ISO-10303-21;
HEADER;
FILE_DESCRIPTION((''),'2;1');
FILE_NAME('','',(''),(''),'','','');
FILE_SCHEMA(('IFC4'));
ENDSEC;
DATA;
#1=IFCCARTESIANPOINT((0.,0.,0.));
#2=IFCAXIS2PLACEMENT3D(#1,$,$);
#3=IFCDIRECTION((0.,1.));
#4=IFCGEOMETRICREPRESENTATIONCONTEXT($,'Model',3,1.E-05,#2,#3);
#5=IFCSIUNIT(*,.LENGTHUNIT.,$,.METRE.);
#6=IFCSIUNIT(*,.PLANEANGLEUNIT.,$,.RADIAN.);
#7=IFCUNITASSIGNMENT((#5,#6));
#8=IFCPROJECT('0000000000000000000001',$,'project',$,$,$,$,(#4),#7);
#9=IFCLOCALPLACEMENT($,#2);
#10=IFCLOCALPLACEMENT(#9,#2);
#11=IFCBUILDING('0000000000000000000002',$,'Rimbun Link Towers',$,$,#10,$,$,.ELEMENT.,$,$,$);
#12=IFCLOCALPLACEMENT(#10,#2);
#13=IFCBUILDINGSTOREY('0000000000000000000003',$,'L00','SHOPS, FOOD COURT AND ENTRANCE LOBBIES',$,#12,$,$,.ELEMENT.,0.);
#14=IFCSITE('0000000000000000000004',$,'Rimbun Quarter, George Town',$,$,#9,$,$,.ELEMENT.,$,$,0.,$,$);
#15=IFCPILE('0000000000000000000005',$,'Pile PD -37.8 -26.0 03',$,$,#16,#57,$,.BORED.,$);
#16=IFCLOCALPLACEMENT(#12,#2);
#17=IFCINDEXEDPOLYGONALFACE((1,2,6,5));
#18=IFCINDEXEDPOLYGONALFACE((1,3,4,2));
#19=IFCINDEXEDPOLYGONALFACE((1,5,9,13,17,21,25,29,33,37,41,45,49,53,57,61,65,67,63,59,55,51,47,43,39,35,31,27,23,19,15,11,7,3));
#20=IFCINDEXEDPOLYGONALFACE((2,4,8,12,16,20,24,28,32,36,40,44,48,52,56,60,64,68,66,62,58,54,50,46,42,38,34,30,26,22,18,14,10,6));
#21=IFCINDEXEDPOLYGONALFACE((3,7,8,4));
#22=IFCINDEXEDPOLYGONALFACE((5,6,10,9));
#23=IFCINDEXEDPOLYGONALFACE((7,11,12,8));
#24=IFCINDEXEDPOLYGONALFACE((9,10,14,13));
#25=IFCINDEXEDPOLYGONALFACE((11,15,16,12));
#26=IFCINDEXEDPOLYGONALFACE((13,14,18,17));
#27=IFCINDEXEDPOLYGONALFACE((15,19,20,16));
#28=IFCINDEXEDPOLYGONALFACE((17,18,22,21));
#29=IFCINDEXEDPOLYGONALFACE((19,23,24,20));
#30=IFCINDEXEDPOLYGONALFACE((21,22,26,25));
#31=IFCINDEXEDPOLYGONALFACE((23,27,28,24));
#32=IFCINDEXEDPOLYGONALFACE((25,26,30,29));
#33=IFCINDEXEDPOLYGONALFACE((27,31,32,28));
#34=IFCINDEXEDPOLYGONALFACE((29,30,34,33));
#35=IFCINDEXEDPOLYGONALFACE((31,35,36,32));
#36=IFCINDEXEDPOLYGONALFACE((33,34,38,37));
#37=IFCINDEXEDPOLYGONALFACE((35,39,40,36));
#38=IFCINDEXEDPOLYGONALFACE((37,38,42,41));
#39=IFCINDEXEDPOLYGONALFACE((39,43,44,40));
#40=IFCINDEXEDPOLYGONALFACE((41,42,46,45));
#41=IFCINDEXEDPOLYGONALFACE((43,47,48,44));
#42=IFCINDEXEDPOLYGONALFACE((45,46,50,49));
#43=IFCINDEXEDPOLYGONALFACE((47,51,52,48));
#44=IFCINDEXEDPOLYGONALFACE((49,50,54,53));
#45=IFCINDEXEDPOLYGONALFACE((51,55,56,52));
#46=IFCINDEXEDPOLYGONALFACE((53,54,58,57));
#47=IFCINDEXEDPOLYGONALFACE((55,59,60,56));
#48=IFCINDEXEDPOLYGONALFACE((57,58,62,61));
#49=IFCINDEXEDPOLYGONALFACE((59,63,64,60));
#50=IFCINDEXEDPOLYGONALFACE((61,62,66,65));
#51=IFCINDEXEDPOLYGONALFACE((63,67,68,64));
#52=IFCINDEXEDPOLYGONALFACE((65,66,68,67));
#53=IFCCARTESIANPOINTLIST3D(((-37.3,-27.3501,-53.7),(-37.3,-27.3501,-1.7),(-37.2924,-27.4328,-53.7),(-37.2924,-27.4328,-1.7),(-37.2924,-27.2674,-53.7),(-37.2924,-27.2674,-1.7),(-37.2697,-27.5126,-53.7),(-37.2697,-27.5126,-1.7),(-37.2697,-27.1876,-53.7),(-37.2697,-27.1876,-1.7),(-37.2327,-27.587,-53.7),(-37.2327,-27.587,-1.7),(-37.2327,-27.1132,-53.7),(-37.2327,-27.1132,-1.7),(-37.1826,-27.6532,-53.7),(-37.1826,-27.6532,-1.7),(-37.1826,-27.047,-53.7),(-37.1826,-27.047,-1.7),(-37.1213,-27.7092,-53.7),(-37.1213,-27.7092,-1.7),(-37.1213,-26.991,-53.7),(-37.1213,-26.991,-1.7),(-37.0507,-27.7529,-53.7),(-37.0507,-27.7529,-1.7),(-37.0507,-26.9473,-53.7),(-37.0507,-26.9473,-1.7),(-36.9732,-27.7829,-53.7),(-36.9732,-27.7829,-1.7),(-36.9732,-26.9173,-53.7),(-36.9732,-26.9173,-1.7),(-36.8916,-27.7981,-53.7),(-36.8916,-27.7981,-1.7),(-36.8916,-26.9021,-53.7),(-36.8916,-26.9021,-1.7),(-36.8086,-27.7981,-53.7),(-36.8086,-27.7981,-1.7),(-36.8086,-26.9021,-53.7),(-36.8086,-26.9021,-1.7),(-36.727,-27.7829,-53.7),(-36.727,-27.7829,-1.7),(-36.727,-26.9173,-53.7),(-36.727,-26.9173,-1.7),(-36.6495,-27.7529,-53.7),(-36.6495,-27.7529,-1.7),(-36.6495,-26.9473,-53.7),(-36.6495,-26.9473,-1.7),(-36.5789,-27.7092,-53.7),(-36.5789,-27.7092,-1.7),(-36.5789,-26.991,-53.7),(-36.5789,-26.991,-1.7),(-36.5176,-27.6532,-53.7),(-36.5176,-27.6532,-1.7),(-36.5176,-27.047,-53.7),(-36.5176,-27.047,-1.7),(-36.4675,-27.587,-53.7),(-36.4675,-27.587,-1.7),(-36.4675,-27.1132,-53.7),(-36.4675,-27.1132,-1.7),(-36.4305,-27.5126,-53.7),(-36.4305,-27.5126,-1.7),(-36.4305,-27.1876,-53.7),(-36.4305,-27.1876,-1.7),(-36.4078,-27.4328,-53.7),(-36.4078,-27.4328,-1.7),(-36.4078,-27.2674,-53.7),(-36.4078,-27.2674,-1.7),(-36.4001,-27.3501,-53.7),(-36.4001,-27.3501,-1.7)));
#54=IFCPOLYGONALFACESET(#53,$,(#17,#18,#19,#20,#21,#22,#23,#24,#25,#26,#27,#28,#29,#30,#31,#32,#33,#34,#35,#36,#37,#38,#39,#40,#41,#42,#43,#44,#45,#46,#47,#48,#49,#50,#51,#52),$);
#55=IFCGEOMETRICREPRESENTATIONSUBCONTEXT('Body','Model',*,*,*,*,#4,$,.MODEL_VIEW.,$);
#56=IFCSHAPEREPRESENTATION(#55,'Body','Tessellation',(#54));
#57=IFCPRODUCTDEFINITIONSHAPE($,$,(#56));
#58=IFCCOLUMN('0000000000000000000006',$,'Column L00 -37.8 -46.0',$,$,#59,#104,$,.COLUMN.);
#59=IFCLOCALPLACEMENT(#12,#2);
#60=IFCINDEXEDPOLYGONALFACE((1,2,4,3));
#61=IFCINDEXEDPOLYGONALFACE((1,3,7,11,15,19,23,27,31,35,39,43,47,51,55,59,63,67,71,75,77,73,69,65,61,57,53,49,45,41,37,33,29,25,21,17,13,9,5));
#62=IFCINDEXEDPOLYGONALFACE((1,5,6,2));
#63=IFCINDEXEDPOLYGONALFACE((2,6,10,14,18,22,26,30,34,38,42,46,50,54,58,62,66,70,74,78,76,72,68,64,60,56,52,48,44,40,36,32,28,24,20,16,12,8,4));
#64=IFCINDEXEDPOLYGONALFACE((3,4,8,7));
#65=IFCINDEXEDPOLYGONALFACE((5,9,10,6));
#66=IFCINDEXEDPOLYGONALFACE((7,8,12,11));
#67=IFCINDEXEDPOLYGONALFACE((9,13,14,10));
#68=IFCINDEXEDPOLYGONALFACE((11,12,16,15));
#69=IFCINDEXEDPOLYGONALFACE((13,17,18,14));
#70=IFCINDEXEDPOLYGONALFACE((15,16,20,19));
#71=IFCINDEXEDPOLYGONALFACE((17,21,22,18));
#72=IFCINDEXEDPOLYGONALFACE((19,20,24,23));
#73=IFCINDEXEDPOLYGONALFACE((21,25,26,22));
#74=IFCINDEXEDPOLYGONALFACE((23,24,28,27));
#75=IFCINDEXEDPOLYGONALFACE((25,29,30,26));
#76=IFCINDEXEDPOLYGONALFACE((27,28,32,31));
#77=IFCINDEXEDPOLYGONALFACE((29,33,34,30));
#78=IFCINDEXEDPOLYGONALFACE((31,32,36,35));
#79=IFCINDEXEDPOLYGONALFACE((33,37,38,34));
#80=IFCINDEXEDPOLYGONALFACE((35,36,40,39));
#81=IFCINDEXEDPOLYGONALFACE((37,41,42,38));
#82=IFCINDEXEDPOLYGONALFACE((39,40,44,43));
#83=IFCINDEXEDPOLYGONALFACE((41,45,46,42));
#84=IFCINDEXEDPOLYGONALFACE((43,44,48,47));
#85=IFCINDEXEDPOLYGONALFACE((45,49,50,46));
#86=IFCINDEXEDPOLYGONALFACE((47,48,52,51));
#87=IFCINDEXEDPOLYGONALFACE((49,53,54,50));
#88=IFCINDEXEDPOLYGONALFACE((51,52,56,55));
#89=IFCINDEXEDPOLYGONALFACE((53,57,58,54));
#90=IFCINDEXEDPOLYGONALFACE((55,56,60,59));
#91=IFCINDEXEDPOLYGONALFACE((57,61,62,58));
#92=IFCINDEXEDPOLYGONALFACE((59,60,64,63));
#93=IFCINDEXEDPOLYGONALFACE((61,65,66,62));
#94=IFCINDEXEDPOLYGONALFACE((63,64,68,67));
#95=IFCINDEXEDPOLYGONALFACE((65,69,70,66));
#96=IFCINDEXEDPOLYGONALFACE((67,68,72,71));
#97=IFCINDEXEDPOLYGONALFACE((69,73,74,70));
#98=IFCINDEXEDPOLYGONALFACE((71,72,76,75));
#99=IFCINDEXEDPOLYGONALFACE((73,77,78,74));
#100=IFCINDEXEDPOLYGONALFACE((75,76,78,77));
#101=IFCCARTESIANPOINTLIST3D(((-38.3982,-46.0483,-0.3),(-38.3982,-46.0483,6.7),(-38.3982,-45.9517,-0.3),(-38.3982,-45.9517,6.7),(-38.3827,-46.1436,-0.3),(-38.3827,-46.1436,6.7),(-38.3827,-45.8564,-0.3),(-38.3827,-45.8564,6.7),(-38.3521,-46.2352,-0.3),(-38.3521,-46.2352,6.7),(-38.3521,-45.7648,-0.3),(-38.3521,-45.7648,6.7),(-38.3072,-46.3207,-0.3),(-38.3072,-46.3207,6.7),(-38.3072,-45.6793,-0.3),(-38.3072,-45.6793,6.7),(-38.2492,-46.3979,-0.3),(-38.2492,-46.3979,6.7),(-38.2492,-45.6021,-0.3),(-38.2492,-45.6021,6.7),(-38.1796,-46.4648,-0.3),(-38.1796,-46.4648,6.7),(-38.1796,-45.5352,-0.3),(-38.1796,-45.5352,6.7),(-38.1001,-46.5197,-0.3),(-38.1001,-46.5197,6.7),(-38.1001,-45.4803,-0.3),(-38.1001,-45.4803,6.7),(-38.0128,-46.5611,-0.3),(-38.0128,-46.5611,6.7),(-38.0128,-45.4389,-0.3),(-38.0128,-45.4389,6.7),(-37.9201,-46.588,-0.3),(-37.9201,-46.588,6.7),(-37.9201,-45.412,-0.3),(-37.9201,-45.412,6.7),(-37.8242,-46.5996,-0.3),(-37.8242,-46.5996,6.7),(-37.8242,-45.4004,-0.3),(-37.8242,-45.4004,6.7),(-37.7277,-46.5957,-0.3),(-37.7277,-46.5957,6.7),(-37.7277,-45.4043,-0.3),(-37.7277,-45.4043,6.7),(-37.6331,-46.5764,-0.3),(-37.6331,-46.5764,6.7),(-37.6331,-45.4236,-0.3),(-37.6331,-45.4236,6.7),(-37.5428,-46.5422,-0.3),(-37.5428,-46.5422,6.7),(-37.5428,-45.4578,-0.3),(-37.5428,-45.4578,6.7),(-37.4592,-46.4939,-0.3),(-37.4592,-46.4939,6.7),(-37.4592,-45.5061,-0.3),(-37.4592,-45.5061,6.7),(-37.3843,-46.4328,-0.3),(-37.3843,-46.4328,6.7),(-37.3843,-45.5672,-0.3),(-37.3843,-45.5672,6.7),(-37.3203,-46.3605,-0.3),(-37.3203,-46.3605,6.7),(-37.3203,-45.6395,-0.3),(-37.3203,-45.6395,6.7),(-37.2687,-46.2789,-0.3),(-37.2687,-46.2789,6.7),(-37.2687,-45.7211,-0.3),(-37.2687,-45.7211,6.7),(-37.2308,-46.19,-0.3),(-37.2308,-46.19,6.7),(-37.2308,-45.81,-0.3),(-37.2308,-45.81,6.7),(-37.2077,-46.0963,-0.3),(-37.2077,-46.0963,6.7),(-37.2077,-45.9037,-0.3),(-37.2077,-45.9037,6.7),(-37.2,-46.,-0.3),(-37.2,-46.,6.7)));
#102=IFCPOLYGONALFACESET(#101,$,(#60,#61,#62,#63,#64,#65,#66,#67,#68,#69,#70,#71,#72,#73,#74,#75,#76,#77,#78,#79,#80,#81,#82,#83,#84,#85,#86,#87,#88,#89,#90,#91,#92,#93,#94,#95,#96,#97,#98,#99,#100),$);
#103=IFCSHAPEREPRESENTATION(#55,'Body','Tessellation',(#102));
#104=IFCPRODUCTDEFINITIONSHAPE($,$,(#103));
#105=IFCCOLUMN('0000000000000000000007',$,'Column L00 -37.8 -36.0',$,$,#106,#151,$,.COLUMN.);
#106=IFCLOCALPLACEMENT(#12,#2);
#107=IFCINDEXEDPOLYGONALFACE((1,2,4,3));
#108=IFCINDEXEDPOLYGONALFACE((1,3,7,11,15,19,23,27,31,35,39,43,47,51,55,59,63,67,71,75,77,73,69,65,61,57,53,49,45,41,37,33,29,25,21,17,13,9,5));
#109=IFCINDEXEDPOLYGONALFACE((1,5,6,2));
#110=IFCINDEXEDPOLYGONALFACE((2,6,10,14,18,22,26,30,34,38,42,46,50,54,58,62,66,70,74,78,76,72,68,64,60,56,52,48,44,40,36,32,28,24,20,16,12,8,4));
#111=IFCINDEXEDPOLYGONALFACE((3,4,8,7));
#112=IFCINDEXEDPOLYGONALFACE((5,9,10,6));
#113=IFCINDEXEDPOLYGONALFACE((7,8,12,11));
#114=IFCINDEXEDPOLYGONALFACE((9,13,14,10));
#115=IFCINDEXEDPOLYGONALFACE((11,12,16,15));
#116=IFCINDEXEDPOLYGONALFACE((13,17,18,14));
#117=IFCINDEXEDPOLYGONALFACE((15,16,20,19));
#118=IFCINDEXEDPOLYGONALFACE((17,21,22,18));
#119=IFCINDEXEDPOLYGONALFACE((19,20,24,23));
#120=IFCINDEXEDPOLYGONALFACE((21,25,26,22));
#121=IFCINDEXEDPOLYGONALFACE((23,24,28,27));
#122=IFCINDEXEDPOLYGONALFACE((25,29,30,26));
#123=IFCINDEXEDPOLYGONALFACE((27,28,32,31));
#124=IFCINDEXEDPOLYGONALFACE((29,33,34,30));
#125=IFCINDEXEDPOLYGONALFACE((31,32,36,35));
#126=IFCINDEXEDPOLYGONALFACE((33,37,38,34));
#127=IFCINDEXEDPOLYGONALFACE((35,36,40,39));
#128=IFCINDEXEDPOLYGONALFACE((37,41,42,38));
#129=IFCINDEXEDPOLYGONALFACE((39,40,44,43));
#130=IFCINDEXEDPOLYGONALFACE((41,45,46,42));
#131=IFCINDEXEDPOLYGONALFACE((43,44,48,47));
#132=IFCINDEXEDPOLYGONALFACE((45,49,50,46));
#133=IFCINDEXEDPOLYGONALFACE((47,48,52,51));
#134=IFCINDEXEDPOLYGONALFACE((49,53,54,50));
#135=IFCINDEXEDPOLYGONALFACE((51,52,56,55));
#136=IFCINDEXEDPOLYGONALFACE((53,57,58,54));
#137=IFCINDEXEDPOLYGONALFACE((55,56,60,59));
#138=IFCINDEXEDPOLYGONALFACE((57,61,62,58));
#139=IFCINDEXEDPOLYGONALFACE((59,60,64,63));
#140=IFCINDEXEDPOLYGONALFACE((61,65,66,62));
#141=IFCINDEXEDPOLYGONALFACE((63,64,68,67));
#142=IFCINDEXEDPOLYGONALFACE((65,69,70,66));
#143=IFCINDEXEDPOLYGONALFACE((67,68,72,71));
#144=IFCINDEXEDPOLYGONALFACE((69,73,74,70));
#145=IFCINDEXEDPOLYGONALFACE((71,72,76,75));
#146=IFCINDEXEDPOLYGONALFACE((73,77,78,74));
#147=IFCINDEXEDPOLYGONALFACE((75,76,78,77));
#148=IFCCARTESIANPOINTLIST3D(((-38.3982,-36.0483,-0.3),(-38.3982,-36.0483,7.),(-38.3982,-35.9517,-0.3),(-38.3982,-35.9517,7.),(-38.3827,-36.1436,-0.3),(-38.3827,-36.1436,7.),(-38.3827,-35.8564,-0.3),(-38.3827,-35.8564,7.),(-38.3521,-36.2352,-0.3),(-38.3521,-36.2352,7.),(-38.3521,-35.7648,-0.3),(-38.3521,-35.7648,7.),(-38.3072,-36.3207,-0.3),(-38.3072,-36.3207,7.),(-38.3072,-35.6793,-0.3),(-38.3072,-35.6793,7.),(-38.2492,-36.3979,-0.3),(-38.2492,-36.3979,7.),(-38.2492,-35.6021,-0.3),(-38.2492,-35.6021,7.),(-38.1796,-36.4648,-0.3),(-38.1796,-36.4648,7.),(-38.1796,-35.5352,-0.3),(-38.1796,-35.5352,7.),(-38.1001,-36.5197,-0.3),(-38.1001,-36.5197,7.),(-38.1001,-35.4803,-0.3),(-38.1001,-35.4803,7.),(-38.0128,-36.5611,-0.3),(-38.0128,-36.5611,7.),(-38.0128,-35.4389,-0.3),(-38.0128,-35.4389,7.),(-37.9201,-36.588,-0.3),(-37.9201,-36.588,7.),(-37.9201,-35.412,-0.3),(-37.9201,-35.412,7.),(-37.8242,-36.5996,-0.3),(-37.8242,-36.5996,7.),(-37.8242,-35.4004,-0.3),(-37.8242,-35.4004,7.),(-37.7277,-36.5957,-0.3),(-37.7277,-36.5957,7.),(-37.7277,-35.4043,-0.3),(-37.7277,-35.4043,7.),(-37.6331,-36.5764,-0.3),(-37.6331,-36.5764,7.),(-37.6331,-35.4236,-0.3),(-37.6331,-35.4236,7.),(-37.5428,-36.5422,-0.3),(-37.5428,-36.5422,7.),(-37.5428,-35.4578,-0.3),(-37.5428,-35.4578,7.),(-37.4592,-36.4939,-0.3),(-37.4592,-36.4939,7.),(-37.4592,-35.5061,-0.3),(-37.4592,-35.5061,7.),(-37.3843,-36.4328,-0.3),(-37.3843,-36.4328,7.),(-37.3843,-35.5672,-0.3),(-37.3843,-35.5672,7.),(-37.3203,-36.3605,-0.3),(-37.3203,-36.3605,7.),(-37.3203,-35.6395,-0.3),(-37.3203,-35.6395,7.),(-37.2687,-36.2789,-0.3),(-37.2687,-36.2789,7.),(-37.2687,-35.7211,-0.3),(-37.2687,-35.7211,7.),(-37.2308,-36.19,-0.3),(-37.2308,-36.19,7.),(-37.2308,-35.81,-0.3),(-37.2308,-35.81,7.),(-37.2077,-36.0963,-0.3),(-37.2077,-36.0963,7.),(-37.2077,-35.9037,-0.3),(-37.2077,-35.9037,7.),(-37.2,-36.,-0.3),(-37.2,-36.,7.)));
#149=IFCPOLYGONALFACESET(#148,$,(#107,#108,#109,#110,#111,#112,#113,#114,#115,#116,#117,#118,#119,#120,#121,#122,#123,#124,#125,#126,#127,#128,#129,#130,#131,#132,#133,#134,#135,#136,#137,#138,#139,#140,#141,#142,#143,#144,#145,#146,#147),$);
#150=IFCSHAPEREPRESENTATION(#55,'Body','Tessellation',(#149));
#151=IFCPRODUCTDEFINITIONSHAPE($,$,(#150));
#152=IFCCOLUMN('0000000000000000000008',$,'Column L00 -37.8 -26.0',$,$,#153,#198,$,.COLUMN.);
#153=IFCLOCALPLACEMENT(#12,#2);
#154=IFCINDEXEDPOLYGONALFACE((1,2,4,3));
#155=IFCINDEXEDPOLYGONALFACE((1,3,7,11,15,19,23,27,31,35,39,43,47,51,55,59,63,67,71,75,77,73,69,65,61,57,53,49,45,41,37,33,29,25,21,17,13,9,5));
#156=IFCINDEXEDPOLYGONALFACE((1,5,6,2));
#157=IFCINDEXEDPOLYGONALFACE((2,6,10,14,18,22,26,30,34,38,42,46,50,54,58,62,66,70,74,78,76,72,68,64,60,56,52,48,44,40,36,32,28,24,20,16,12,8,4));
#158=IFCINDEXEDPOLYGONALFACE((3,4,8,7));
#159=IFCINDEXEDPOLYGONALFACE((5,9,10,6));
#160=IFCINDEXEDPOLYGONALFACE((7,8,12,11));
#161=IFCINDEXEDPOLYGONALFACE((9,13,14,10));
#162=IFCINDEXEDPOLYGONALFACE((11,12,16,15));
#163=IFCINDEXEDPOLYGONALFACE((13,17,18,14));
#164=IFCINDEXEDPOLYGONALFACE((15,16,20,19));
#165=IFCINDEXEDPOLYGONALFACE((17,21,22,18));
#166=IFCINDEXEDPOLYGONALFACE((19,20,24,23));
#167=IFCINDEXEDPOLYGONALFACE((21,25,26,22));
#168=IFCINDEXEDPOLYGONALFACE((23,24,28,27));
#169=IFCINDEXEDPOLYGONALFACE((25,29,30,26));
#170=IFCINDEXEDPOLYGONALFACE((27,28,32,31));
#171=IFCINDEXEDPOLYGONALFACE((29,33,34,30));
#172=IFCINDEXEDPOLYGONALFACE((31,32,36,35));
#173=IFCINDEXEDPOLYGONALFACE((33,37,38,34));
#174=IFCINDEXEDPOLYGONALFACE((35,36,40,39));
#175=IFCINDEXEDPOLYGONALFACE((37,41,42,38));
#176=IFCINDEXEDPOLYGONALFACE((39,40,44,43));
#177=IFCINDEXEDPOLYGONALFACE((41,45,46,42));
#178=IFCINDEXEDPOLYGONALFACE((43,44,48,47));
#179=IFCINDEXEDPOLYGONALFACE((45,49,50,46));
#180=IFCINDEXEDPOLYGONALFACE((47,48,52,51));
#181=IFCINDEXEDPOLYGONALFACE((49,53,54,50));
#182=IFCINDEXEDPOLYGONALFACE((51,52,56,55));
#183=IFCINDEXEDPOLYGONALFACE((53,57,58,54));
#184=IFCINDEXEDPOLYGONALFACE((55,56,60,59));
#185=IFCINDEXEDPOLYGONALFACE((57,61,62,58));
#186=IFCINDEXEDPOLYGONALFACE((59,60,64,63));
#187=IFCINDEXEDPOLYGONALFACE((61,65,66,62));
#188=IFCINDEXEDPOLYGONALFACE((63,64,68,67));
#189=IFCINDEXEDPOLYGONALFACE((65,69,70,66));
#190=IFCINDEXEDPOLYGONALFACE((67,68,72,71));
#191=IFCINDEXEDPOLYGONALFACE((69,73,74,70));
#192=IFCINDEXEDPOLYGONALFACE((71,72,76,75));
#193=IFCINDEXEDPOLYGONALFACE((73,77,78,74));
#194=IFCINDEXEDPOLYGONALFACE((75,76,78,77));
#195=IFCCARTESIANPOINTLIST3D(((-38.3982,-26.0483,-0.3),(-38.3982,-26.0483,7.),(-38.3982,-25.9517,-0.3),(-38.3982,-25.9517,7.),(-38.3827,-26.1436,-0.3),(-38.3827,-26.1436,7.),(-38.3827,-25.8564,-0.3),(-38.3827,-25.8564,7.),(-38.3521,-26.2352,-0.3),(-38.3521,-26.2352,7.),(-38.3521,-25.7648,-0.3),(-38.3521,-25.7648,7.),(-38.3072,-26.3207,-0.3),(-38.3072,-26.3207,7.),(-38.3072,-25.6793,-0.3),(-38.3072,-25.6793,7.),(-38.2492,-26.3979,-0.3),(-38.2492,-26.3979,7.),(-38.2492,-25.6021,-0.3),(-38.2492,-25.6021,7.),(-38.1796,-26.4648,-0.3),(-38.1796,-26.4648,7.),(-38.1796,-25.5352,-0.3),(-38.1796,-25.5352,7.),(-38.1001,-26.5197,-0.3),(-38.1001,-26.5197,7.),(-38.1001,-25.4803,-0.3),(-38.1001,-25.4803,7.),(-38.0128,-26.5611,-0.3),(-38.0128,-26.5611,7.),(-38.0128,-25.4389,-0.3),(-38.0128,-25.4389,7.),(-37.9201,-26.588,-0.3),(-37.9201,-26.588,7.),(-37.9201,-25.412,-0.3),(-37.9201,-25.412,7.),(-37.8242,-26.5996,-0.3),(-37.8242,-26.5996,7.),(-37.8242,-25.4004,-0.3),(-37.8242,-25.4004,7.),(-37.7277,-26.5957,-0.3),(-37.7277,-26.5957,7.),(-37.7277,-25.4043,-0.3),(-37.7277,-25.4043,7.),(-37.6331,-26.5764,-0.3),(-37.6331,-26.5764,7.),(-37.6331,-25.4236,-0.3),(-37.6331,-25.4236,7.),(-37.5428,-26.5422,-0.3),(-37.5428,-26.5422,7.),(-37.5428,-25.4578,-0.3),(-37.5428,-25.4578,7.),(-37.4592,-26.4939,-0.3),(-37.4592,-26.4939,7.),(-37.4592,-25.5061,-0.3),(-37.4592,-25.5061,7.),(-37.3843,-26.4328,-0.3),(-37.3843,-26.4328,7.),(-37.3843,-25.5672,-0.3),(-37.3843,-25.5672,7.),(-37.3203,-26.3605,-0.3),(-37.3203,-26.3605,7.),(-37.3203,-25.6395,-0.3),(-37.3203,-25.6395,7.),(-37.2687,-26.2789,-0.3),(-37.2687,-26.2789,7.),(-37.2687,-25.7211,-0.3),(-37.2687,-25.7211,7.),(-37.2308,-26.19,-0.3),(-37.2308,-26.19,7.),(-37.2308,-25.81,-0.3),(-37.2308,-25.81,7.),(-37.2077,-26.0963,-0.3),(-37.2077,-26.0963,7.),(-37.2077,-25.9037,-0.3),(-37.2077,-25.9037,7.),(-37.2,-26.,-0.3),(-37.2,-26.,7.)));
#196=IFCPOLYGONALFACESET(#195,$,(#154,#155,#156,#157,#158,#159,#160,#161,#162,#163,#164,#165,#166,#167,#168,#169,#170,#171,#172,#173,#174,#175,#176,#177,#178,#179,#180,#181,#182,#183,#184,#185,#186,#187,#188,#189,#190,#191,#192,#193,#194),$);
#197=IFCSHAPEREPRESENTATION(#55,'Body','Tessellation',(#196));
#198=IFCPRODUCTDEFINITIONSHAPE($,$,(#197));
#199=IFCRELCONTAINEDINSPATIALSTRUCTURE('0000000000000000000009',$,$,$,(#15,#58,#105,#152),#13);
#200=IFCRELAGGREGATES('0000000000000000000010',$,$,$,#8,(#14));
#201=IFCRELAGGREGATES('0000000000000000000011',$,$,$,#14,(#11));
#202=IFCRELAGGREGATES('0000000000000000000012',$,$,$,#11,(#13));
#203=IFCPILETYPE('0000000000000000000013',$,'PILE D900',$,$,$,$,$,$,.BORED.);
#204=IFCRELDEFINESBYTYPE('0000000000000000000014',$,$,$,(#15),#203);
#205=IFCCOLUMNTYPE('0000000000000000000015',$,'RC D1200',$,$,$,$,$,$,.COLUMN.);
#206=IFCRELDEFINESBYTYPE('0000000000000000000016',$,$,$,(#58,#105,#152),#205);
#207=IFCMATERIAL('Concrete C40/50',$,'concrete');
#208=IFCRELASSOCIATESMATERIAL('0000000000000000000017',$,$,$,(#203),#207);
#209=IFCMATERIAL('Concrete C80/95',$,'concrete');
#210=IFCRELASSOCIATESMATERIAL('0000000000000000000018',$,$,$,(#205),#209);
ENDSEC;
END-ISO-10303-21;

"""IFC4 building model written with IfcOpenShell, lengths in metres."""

from ifc_helpers import new_model, si_unit, direction, frame, origin, origin_2d, place, context, subcontext, project, spatial, circle, extrude, material, material_profile, profile_set, type_object, element, save


model = new_model("IFC4")

# Units and contexts
model_context = context("Model", 3, precision=1e-05, world=origin(), true_north=direction((0.0, 1.0)))
body_context = subcontext(model_context, "Body", "Model", "MODEL_VIEW")
ifc_project = project(units=[si_unit("LENGTHUNIT", "METRE"), si_unit("PLANEANGLEUNIT", "RADIAN")], contexts=[model_context])

# Site, building, storey
site_placement = place(None, origin())
site = spatial("IfcSite", under=ifc_project, at=site_placement, Name="Rimbun Quarter, George Town", CompositionType="ELEMENT", RefElevation=0.0)
building_placement = place(site_placement, origin())
building = spatial("IfcBuilding", under=site, at=building_placement, Name="Rimbun Link Towers", CompositionType="ELEMENT")
storey_placement = place(building_placement, origin())
storey = spatial("IfcBuildingStorey", under=building, at=storey_placement, Name="L00", Description="SHOPS, FOOD COURT AND ENTRANCE LOBBIES", CompositionType="ELEMENT", Elevation=0.0)

# Pile
ifc_material_1 = material(Name="Concrete C40/50", Category="concrete")
ifc_material_profile_1 = material_profile(ifc_material_1, circle(Radius=0.45, at=origin_2d()), Name="PILE D900")
ifc_profile_set_1 = profile_set([ifc_material_profile_1], Name="Concrete C40/50")
pile_type = type_object("IfcPileType", Name="PILE D900", PredefinedType="BORED", material=ifc_profile_set_1)
for number, where, z_axis, x_axis, name in (
    (1, (-36.8501, -27.3501, -1.7), (0.0, 0.0, -1.0), (1.0, 0.0, 0.0), "Pile PD -37.8 -26.0 03"),
):
    element("IfcPile", number, at=place(storey_placement, frame(where, z_axis=z_axis, x_axis=x_axis)), inside=storey, type_object=pile_type, Name=name, PredefinedType="BORED", context=body_context, shape_type="SweptSolid", body=[
        extrude(circle(Radius=0.45, at=origin_2d()), origin(), (0.0, 0.0, 1.0), 52.0),
    ])

# Columns
ifc_material_2 = material(Name="Concrete C80/95", Category="concrete")
ifc_material_profile_2 = material_profile(ifc_material_2, circle(Radius=0.6001, at=origin_2d()), Name="RC D1200")
ifc_profile_set_2 = profile_set([ifc_material_profile_2], Name="Concrete C80/95")
column_type = type_object("IfcColumnType", Name="RC D1200", PredefinedType="COLUMN", material=ifc_profile_set_2)
column_placement = place(storey_placement, frame((-37.8, -46.0, -0.3), z_axis=(0.0, 0.0, 1.0), x_axis=(1.0, 0.0, 0.0)))
element("IfcColumn", 2, at=column_placement, inside=storey, type_object=column_type, Name="Column L00 -37.8 -46.0", PredefinedType="COLUMN", context=body_context, shape_type="SweptSolid", body=[
    extrude(circle(Radius=0.6001, at=origin_2d()), origin(), (0.0, 0.0, 1.0), 7.0),
])
for number, where, z_axis, x_axis, name in (
    (3, (-37.8, -36.0, -0.3), (0.0, 0.0, 1.0), (1.0, 0.0, 0.0), "Column L00 -37.8 -36.0"),
    (4, (-37.8, -26.0, -0.3), (0.0, 0.0, 1.0), (1.0, 0.0, 0.0), "Column L00 -37.8 -26.0"),
):
    element("IfcColumn", number, at=place(storey_placement, frame(where, z_axis=z_axis, x_axis=x_axis)), inside=storey, type_object=column_type, Name=name, PredefinedType="COLUMN", context=body_context, shape_type="SweptSolid", body=[
        extrude(circle(Radius=0.6001, at=origin_2d()), origin(), (0.0, 0.0, 1.0), 7.3),
    ])

save(model, "model.ifc")
